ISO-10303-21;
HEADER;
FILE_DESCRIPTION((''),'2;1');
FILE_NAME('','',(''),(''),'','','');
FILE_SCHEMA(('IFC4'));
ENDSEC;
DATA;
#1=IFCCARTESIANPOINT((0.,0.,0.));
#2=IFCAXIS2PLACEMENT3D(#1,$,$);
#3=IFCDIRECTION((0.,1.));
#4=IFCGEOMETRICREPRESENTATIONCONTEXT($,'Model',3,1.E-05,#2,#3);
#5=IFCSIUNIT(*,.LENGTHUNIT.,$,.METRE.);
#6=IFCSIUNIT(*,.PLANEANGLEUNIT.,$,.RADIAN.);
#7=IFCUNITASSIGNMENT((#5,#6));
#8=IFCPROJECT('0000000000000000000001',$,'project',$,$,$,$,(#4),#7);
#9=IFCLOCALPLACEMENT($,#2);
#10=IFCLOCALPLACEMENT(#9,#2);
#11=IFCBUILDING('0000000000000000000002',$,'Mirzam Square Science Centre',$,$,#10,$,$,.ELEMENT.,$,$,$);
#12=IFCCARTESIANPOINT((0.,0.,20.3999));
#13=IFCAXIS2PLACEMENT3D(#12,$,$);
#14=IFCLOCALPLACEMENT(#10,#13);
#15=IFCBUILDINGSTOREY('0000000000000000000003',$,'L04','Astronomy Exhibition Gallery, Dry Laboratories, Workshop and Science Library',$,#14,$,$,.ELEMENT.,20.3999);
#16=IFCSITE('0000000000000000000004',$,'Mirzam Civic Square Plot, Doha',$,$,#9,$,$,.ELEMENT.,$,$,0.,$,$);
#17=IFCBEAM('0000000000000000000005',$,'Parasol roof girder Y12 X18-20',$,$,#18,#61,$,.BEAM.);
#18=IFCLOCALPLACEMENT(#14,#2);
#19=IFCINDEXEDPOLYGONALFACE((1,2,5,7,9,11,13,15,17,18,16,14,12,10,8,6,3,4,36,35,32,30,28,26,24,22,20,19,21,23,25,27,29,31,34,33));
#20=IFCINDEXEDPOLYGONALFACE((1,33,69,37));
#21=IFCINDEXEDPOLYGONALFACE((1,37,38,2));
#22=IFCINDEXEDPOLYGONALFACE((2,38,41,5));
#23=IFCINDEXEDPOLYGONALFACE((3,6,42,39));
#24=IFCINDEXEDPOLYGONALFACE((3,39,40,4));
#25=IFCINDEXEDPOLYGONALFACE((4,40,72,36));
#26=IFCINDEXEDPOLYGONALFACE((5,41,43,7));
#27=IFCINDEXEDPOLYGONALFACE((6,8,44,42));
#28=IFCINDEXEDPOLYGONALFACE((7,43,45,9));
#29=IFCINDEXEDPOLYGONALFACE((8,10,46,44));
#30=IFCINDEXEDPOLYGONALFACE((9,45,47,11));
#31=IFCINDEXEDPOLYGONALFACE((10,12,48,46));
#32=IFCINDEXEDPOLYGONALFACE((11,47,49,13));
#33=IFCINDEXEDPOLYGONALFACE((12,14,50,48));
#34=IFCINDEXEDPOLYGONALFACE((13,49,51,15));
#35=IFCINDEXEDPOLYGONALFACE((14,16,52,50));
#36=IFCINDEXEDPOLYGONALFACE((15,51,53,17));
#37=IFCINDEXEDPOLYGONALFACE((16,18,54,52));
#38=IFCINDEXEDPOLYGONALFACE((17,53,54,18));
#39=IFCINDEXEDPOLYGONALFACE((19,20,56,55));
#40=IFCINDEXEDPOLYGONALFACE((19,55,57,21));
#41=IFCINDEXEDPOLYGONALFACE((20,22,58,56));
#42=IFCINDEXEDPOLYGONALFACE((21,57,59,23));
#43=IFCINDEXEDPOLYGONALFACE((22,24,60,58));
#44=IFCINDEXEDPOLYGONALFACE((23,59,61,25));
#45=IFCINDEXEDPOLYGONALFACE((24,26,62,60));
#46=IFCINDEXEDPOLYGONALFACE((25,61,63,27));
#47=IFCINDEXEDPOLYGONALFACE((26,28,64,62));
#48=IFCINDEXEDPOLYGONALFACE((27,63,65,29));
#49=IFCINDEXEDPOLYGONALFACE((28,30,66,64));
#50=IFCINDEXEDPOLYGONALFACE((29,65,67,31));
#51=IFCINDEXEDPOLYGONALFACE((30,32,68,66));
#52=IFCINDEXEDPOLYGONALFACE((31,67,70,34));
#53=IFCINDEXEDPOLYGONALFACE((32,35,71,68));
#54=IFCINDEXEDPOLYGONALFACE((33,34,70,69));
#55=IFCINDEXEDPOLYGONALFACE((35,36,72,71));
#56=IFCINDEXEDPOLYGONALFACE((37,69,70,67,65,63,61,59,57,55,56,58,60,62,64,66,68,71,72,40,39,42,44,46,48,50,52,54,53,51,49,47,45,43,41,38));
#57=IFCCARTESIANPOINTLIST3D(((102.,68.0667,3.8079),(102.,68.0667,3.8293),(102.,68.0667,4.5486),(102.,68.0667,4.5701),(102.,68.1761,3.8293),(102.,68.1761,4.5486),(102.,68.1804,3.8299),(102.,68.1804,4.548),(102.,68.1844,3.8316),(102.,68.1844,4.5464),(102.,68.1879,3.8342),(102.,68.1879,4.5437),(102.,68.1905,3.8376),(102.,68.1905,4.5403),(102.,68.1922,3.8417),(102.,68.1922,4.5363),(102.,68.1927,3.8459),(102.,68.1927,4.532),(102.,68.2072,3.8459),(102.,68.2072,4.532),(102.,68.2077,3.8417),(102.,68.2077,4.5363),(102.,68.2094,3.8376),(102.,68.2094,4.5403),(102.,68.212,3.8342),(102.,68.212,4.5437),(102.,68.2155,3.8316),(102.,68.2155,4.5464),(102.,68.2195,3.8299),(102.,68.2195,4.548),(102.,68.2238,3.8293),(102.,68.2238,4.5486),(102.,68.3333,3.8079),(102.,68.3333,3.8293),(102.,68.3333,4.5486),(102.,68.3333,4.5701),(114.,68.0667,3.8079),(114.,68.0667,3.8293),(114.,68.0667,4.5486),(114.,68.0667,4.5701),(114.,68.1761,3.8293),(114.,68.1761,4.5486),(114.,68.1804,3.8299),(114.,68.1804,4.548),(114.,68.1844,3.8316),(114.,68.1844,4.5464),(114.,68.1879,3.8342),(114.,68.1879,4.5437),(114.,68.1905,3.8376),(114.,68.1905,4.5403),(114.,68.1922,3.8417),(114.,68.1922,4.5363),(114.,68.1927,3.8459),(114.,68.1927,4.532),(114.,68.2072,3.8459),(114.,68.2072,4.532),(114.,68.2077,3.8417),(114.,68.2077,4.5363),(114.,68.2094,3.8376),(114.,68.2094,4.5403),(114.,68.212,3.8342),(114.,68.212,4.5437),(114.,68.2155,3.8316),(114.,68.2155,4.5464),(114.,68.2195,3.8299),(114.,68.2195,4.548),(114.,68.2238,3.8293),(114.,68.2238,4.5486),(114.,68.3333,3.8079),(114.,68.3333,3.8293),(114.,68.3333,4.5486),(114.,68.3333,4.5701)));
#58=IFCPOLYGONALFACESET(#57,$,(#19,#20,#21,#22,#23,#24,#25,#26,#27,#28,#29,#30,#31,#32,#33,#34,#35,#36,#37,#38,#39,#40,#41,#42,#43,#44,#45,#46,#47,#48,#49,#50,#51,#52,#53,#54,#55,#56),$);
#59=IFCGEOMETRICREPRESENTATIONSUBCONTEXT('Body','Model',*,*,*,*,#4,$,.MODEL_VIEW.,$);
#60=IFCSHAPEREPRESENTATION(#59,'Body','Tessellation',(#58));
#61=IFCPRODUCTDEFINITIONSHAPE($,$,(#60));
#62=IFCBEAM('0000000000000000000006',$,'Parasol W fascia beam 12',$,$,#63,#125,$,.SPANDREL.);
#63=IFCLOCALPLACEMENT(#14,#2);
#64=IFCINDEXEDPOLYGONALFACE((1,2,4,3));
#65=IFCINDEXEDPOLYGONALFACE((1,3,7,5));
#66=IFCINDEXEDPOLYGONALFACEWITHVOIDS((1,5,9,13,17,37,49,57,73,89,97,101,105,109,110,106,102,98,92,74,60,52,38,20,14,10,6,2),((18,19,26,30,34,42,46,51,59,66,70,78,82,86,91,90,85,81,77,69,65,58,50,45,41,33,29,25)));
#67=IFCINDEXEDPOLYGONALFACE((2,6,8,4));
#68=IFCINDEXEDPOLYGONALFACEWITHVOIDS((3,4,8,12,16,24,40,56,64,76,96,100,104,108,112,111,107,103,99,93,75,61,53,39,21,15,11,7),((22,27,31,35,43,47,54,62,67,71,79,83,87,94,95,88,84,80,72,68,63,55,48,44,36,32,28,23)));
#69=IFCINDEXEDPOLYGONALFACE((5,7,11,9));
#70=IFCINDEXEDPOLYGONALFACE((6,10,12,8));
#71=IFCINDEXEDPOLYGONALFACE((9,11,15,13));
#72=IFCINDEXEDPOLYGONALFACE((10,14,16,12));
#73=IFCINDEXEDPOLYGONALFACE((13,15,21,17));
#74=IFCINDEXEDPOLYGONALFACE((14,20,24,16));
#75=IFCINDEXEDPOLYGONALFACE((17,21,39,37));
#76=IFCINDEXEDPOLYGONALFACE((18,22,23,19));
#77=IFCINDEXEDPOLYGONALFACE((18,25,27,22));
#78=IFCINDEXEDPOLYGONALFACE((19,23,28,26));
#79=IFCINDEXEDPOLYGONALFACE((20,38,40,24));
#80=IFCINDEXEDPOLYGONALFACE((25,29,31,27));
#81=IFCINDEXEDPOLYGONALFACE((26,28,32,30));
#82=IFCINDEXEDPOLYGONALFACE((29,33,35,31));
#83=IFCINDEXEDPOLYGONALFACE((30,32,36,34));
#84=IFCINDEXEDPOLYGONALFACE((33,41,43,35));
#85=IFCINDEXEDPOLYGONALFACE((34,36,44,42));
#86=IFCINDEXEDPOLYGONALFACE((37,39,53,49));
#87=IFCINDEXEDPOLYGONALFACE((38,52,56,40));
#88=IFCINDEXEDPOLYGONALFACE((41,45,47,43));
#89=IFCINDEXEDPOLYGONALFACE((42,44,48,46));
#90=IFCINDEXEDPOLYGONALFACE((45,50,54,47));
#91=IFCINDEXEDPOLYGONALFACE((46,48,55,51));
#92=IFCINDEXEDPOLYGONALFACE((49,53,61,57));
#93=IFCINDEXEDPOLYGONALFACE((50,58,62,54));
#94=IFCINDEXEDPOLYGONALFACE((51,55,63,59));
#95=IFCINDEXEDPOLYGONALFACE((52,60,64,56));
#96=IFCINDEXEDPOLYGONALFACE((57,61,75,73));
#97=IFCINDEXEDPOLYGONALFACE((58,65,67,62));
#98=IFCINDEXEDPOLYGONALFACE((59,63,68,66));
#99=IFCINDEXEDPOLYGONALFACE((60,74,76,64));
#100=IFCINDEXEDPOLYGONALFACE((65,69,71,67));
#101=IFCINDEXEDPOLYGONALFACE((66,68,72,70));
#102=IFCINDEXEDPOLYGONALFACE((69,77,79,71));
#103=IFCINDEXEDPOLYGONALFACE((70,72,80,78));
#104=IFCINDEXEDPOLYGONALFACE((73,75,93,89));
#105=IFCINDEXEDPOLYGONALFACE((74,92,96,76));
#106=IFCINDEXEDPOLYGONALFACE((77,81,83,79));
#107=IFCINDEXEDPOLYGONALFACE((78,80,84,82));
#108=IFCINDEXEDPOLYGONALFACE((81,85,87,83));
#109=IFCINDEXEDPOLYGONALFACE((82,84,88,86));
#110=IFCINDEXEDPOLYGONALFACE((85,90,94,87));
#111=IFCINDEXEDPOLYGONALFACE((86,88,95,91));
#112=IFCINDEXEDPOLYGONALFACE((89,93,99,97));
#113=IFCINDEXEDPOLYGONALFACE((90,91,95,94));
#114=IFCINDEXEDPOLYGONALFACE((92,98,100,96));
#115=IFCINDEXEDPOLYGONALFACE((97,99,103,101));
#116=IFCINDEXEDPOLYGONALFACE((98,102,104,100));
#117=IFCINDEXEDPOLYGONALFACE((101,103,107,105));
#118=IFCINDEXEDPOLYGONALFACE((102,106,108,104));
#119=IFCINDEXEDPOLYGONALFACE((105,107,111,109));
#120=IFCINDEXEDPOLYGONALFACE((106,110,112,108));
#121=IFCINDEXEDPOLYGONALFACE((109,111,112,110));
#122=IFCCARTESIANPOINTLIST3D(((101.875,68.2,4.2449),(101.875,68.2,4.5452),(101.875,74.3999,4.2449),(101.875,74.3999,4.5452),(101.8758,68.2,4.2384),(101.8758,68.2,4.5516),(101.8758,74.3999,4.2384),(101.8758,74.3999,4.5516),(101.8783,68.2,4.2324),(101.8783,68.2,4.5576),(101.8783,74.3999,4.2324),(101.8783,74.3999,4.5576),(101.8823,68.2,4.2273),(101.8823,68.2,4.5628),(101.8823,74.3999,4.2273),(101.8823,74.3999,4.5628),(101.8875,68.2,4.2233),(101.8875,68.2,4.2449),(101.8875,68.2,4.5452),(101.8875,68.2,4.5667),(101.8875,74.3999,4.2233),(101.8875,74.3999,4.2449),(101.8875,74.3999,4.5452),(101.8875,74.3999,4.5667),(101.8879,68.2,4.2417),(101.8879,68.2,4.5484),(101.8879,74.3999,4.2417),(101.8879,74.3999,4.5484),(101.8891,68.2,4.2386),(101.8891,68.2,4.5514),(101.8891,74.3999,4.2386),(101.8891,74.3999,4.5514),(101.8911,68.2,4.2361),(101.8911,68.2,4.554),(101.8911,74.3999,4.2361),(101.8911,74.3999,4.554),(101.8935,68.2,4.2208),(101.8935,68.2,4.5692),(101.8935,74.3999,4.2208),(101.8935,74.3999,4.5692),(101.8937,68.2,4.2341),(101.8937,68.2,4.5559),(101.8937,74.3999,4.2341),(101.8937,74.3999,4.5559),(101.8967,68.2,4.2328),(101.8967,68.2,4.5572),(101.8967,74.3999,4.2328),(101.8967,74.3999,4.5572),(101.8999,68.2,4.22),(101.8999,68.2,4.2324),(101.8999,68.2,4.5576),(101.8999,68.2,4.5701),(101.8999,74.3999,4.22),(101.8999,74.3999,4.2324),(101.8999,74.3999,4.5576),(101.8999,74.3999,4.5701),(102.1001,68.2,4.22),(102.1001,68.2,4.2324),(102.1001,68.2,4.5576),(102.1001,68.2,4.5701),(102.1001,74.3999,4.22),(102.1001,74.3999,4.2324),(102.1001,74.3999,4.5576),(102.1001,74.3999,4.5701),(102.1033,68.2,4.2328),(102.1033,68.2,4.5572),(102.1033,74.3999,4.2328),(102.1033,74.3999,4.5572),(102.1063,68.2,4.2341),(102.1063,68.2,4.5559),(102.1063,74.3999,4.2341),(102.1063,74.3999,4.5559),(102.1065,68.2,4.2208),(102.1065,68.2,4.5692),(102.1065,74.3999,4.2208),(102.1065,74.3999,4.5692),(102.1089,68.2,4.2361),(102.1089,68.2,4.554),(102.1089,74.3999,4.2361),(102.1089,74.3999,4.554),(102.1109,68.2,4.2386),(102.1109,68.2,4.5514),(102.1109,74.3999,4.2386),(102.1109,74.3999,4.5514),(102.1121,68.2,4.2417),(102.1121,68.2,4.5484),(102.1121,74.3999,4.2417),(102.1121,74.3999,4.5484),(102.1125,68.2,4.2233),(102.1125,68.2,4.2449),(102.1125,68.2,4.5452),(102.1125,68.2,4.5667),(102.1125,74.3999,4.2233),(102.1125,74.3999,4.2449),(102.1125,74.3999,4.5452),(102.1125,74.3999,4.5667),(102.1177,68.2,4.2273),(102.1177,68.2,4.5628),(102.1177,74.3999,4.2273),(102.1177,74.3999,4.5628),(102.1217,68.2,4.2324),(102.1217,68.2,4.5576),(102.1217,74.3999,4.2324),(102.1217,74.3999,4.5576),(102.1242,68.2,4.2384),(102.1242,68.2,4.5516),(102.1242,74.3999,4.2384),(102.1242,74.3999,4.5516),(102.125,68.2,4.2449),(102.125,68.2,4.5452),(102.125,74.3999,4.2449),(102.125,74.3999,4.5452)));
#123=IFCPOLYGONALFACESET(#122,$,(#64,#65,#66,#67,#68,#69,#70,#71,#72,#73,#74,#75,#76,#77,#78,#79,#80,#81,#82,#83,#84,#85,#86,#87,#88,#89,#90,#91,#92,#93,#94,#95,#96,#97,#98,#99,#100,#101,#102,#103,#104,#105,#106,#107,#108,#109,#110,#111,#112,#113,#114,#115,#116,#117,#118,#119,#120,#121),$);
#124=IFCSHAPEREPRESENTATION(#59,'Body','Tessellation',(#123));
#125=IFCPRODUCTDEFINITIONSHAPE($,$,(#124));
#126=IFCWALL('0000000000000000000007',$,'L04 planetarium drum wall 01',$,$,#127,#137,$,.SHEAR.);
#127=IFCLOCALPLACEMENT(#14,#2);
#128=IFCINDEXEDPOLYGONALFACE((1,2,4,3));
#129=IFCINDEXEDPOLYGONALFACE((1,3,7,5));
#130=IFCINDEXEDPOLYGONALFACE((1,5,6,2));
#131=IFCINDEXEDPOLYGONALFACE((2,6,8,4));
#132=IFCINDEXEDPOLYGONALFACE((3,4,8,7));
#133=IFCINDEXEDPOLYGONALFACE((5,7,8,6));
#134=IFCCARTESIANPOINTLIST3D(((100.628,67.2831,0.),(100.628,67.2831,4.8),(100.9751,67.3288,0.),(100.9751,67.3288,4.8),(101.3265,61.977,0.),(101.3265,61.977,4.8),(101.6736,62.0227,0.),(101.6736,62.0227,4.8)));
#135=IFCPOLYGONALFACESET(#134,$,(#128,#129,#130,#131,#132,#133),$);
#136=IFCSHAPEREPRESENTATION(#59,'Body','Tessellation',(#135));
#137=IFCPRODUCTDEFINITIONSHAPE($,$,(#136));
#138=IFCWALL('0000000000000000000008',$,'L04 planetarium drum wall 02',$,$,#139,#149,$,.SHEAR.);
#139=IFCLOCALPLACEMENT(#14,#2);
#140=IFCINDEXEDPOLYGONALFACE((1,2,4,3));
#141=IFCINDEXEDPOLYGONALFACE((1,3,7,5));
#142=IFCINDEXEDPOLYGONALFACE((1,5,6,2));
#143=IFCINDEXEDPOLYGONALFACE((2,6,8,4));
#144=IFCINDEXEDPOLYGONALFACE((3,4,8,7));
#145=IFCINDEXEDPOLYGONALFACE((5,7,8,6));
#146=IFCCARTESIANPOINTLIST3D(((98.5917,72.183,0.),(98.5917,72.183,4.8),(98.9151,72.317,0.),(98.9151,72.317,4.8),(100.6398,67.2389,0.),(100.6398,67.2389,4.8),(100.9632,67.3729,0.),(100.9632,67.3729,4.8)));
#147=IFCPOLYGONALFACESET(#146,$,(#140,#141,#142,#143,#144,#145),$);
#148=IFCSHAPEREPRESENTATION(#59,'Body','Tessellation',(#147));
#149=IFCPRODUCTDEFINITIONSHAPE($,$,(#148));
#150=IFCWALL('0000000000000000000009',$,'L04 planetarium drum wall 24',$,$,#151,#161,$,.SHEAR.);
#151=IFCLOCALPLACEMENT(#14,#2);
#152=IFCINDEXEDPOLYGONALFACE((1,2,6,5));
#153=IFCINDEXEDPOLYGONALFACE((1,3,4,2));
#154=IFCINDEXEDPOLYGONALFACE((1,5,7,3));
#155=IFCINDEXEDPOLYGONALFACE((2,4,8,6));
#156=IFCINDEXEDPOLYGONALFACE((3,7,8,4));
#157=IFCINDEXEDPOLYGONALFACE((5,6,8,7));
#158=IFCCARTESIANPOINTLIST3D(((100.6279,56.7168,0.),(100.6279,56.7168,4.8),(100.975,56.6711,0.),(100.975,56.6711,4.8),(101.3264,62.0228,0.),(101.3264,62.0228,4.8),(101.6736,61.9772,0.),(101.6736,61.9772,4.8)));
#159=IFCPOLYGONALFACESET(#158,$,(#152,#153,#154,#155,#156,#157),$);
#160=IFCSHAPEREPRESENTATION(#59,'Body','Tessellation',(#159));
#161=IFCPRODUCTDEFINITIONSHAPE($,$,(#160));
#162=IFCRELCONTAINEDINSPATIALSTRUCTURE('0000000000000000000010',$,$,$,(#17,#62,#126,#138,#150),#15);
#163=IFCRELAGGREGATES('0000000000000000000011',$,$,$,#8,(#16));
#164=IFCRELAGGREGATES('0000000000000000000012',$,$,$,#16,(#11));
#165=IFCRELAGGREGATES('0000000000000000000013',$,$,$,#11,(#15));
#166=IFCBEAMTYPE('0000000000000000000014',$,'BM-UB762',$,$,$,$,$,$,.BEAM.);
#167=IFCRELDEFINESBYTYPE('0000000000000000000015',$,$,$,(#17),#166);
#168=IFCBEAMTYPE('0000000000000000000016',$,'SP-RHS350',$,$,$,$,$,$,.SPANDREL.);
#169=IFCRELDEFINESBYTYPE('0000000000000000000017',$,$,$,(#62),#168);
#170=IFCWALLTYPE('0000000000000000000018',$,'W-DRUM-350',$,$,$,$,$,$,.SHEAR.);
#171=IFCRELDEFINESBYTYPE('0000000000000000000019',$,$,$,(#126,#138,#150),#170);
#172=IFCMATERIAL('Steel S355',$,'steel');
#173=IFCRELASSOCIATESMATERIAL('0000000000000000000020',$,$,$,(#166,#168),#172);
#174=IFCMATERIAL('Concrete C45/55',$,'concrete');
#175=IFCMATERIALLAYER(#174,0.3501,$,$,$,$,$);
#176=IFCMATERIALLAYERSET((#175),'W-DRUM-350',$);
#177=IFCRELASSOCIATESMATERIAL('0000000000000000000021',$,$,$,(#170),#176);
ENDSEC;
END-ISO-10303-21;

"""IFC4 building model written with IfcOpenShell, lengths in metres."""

from ifc_helpers import new_model, si_unit, direction, frame, frame_2d, origin, origin_2d, place, context, subcontext, project, spatial, rectangle, hollow_rectangle, i_section, extrude, material, layer, layer_set, material_profile, profile_set, type_object, element, save


model = new_model("IFC4")

# Units and contexts
model_context = context("Model", 3, precision=1e-05, world=origin(), true_north=direction((0.0, 1.0)))
body_context = subcontext(model_context, "Body", "Model", "MODEL_VIEW")
ifc_project = project(units=[si_unit("LENGTHUNIT", "METRE"), si_unit("PLANEANGLEUNIT", "RADIAN")], contexts=[model_context])

# Site, building, storey
site_placement = place(None, origin())
site = spatial("IfcSite", under=ifc_project, at=site_placement, Name="Mirzam Civic Square Plot, Doha", CompositionType="ELEMENT", RefElevation=0.0)
building_placement = place(site_placement, origin())
building = spatial("IfcBuilding", under=site, at=building_placement, Name="Mirzam Square Science Centre", CompositionType="ELEMENT")
storey_placement = place(building_placement, frame((0.0, 0.0, 20.3999)))
storey = spatial("IfcBuildingStorey", under=building, at=storey_placement, Name="L04", Description="Astronomy Exhibition Gallery, Dry Laboratories, Workshop and Science Library", CompositionType="ELEMENT", Elevation=20.3999)

# Shared definitions
ifc_material_1 = material(Name="Steel S355", Category="steel")
ifc_material_2 = material(Name="Concrete C45/55", Category="concrete")

# Beams
ifc_material_profile_1 = material_profile(ifc_material_1, i_section(OverallWidth=0.2666, OverallDepth=0.7622, WebThickness=0.0144, FlangeThickness=0.0215, FilletRadius=0.0166, at=origin_2d()), Name="762x267x173UB")
ifc_profile_set_1 = profile_set([ifc_material_profile_1], Name="Steel S355")
beam_type_1 = type_object("IfcBeamType", Name="BM-UB762", PredefinedType="BEAM", material=ifc_profile_set_1)
for number, where, z_axis, x_axis, name in (
    (1, (102.0, 68.2, 4.189), (1.0, 0.0, 0.0), (0.0, 1.0, 0.0), "Parasol roof girder Y12 X18-20"),
):
    element("IfcBeam", number, at=place(storey_placement, frame(where, z_axis=z_axis, x_axis=x_axis)), inside=storey, type_object=beam_type_1, Name=name, PredefinedType="BEAM", context=body_context, shape_type="SweptSolid", body=[
        extrude(i_section(OverallWidth=0.2666, OverallDepth=0.7622, WebThickness=0.0144, FlangeThickness=0.0215, FilletRadius=0.0166, at=origin_2d()), origin(), (0.0, 0.0, 1.0), 12.0),
    ])
ifc_material_profile_2 = material_profile(ifc_material_1, hollow_rectangle(XDim=0.25, YDim=0.3501, WallThickness=0.0125, InnerFilletRadius=0.0125, OuterFilletRadius=0.0249, at=origin_2d()), Name="350x250x12.5RHS")
ifc_profile_set_2 = profile_set([ifc_material_profile_2], Name="Steel S355")
beam_type_2 = type_object("IfcBeamType", Name="SP-RHS350", PredefinedType="SPANDREL", material=ifc_profile_set_2)
beam_placement = place(storey_placement, frame((102.0, 68.2, 4.395), z_axis=(0.0, 1.0, 0.0), x_axis=(-1.0, 0.0, 0.0)))
element("IfcBeam", 2, at=beam_placement, inside=storey, type_object=beam_type_2, Name="Parasol W fascia beam 12", PredefinedType="SPANDREL", context=body_context, shape_type="SweptSolid", body=[
    extrude(hollow_rectangle(XDim=0.25, YDim=0.3501, WallThickness=0.0125, InnerFilletRadius=0.0125, OuterFilletRadius=0.0249, at=origin_2d()), origin(), (0.0, 0.0, 1.0), 6.2),
])

# Walls
ifc_layer_1 = layer(ifc_material_2, 0.3501)
ifc_layer_set_1 = layer_set([ifc_layer_1], Name="W-DRUM-350")
wall_type_1 = type_object("IfcWallType", Name="W-DRUM-350", PredefinedType="SHEAR", material=ifc_layer_set_1)
wall_1_placement = place(storey_placement, frame((101.5, 62.0, 0.0), z_axis=(0.0, 0.0, 1.0), x_axis=(-0.130517, 0.991446, 0.0)))
element("IfcWall", 3, at=wall_1_placement, inside=storey, type_object=wall_type_1, Name="L04 planetarium drum wall 01", PredefinedType="SHEAR", context=body_context, shape_type="SweptSolid", body=[
    extrude(rectangle(XDim=5.3518, YDim=0.3501, at=frame_2d((2.6758, 0.0))), origin(), (0.0, 0.0, 1.0), 4.8),
])
wall_2_placement = place(storey_placement, frame((100.8015, 67.3059, 0.0), z_axis=(0.0, 0.0, 1.0), x_axis=(-0.382713, 0.923867, 0.0)))
element("IfcWall", 4, at=wall_2_placement, inside=storey, type_object=wall_type_1, Name="L04 planetarium drum wall 02", PredefinedType="SHEAR", context=body_context, shape_type="SweptSolid", body=[
    extrude(rectangle(XDim=5.3516, YDim=0.3501, at=frame_2d((2.6758, 0.0))), origin(), (0.0, 0.0, 1.0), 4.8),
])
wall_3_placement = place(storey_placement, frame((100.8015, 56.6941, 0.0), z_axis=(0.0, 0.0, 1.0), x_axis=(0.130517, 0.991446, 0.0)))
element("IfcWall", 5, at=wall_3_placement, inside=storey, type_object=wall_type_1, Name="L04 planetarium drum wall 24", PredefinedType="SHEAR", context=body_context, shape_type="SweptSolid", body=[
    extrude(rectangle(XDim=5.3518, YDim=0.3501, at=frame_2d((2.6758, 0.0))), origin(), (0.0, 0.0, 1.0), 4.8),
])

save(model, "model.ifc")
